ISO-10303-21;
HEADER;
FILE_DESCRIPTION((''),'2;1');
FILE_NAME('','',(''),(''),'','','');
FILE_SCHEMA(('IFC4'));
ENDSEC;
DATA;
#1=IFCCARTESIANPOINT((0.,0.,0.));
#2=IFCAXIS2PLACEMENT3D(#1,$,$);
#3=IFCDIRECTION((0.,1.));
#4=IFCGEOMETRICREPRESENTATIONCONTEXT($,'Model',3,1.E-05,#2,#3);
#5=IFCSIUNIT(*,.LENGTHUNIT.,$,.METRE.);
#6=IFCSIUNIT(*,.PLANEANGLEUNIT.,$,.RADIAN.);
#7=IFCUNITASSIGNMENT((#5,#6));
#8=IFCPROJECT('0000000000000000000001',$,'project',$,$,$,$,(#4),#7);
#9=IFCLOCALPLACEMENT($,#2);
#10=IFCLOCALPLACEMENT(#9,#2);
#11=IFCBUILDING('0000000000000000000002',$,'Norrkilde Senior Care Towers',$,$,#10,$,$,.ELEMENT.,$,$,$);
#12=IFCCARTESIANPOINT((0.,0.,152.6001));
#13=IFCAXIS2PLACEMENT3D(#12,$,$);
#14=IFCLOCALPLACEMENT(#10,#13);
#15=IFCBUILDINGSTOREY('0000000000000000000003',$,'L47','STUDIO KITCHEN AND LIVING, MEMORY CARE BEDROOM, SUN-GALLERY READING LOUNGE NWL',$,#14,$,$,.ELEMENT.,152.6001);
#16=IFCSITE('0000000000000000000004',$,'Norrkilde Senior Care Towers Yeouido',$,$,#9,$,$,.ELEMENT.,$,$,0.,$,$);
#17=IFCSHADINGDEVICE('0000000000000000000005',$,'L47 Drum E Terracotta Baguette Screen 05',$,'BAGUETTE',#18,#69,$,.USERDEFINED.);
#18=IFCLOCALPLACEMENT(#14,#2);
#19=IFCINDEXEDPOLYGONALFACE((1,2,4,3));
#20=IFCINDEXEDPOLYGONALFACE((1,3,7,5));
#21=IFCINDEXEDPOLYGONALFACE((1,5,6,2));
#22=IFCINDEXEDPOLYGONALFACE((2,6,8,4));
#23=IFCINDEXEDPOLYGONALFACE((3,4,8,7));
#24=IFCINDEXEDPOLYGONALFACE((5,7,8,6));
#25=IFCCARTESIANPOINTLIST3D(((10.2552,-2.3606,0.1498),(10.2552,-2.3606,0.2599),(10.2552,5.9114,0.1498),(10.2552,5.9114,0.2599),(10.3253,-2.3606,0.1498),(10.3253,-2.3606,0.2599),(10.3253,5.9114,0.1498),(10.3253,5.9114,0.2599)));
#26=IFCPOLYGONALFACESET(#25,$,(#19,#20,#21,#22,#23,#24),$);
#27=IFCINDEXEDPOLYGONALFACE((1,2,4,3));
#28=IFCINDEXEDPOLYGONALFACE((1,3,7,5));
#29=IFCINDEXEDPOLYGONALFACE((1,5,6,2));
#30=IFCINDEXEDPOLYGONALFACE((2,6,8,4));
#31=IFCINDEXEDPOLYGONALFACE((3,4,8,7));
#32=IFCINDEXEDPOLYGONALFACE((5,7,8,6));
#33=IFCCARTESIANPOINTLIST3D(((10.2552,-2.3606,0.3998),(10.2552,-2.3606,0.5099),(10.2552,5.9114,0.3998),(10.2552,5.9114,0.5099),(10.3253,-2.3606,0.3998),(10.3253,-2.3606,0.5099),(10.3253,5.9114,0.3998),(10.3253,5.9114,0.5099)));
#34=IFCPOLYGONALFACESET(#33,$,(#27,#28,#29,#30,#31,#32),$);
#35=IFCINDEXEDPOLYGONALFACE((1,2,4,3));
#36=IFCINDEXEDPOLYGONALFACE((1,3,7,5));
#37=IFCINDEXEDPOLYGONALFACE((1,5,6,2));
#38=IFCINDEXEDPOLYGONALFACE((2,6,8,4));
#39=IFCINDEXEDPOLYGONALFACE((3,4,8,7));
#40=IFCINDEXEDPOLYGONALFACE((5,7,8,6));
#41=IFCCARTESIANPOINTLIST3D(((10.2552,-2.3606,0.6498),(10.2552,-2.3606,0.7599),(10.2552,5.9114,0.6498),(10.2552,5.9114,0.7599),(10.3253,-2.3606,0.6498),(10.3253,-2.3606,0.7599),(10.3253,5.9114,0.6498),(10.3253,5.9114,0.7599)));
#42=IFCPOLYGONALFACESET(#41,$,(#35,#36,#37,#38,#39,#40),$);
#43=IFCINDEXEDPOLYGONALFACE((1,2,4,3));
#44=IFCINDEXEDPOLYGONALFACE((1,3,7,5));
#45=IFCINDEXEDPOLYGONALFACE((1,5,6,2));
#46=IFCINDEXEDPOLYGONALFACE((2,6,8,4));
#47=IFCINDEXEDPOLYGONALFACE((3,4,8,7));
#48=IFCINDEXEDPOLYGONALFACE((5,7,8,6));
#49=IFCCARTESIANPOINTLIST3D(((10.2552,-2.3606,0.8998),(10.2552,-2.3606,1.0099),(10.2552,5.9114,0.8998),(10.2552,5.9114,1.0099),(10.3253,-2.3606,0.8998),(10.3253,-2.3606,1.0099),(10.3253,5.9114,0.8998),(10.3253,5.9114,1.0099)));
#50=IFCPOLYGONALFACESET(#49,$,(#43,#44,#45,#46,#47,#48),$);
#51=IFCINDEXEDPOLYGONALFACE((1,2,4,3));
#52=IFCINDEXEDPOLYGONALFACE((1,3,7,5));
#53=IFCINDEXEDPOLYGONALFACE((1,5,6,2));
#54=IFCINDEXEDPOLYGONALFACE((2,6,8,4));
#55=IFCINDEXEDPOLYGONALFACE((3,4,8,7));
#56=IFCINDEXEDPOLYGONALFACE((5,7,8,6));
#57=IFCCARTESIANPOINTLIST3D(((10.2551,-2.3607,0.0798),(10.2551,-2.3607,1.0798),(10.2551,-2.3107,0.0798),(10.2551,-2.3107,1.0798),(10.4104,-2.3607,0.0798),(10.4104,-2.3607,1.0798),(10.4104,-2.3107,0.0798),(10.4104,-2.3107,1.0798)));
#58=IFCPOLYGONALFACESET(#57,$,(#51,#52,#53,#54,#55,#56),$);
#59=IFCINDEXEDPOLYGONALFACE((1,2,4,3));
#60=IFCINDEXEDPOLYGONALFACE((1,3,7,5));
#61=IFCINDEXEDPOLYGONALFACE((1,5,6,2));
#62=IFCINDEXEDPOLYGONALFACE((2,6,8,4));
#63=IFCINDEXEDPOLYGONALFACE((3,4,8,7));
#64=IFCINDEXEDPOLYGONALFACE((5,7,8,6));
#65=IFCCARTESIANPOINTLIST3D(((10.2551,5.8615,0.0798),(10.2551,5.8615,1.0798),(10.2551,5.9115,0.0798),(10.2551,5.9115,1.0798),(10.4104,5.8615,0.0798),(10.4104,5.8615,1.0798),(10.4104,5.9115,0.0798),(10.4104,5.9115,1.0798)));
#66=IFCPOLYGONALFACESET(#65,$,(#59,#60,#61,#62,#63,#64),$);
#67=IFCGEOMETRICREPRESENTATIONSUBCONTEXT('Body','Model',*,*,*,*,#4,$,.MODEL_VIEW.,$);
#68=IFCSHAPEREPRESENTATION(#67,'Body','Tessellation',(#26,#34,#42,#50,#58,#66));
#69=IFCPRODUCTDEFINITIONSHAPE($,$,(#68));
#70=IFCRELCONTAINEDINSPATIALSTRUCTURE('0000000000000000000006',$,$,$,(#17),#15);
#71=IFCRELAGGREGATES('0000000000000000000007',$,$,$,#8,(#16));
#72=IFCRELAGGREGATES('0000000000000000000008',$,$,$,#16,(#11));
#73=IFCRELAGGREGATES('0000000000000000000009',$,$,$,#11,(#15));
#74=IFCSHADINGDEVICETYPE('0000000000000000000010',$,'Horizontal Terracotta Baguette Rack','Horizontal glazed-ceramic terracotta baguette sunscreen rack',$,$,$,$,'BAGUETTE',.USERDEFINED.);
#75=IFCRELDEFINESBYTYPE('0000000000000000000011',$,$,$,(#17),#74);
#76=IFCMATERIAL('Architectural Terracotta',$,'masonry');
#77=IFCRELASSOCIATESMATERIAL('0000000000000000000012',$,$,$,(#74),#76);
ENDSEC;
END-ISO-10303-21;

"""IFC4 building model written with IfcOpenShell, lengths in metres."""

from ifc_helpers import new_model, si_unit, direction, frame, origin, origin_2d, place, context, subcontext, project, spatial, rectangle, extrude, source, transform, mapped, material, type_object, type_shapes, element, save


model = new_model("IFC4")

# Units and contexts
model_context = context("Model", 3, precision=1e-05, world=origin(), true_north=direction((0.0, 1.0)))
body_context = subcontext(model_context, "Body", "Model", "MODEL_VIEW")
ifc_project = project(units=[si_unit("LENGTHUNIT", "METRE"), si_unit("PLANEANGLEUNIT", "RADIAN")], contexts=[model_context])

# Site, building, storey
site_placement = place(None, origin())
site = spatial("IfcSite", under=ifc_project, at=site_placement, Name="Norrkilde Senior Care Towers Yeouido", CompositionType="ELEMENT", RefElevation=0.0)
building_placement = place(site_placement, origin())
building = spatial("IfcBuilding", under=site, at=building_placement, Name="Norrkilde Senior Care Towers", CompositionType="ELEMENT")
storey_placement = place(building_placement, frame((0.0, 0.0, 152.6001)))
storey = spatial("IfcBuildingStorey", under=building, at=storey_placement, Name="L47", Description="STUDIO KITCHEN AND LIVING, MEMORY CARE BEDROOM, SUN-GALLERY READING LOUNGE NWL", CompositionType="ELEMENT", Elevation=152.6001)

# Shading device
ifc_material_1 = material(Name="Architectural Terracotta", Category="masonry")
shading_device_type = type_object("IfcShadingDeviceType", Name="Horizontal Terracotta Baguette Rack", Description="Horizontal glazed-ceramic terracotta baguette sunscreen rack", ElementType="BAGUETTE", PredefinedType="USERDEFINED", material=ifc_material_1)
shared_shape_1 = source(origin(), body_context, "Body", "SweptSolid", [
    extrude(rectangle(XDim=0.0701, YDim=0.1101, at=origin_2d()), frame((0.0, 0.0901, 0.125), z_axis=(1.0, 0.0, 0.0), x_axis=(0.0, 1.0, 0.0)), (0.0, 0.0, 1.0), 8.272),
    extrude(rectangle(XDim=0.0701, YDim=0.1101, at=origin_2d()), frame((0.0, 0.0901, 0.375), z_axis=(1.0, 0.0, 0.0), x_axis=(0.0, 1.0, 0.0)), (0.0, 0.0, 1.0), 8.272),
    extrude(rectangle(XDim=0.0701, YDim=0.1101, at=origin_2d()), frame((0.0, 0.0901, 0.625), z_axis=(1.0, 0.0, 0.0), x_axis=(0.0, 1.0, 0.0)), (0.0, 0.0, 1.0), 8.272),
    extrude(rectangle(XDim=0.0701, YDim=0.1101, at=origin_2d()), frame((0.0, 0.0901, 0.875), z_axis=(1.0, 0.0, 0.0), x_axis=(0.0, 1.0, 0.0)), (0.0, 0.0, 1.0), 8.272),
    extrude(rectangle(XDim=0.05, YDim=0.1553, at=origin_2d()), frame((0.0249, 0.0476, 0.0)), (0.0, 0.0, 1.0), 1.0),
    extrude(rectangle(XDim=0.05, YDim=0.1553, at=origin_2d()), frame((8.2471, 0.0476, 0.0)), (0.0, 0.0, 1.0), 1.0),
])
type_shapes(shading_device_type, [shared_shape_1])
shading_device_placement = place(storey_placement, frame((10.3804, -2.3606, 0.0798), z_axis=(0.0, 0.0, 1.0), x_axis=(0.0, 1.0, 0.0)))
element("IfcShadingDevice", 1, at=shading_device_placement, inside=storey, type_object=shading_device_type, Name="L47 Drum E Terracotta Baguette Screen 05", ObjectType="BAGUETTE", PredefinedType="USERDEFINED", context=body_context, shape_type="MappedRepresentation", body=[
    mapped(shared_shape_1, transform((0.0, 0.0, 0.0), x_axis=(1.0, 0.0, 0.0), y_axis=(0.0, 1.0, 0.0), z_axis=(0.0, 0.0, 1.0), scale=1.0)),
])

save(model, "model.ifc")
